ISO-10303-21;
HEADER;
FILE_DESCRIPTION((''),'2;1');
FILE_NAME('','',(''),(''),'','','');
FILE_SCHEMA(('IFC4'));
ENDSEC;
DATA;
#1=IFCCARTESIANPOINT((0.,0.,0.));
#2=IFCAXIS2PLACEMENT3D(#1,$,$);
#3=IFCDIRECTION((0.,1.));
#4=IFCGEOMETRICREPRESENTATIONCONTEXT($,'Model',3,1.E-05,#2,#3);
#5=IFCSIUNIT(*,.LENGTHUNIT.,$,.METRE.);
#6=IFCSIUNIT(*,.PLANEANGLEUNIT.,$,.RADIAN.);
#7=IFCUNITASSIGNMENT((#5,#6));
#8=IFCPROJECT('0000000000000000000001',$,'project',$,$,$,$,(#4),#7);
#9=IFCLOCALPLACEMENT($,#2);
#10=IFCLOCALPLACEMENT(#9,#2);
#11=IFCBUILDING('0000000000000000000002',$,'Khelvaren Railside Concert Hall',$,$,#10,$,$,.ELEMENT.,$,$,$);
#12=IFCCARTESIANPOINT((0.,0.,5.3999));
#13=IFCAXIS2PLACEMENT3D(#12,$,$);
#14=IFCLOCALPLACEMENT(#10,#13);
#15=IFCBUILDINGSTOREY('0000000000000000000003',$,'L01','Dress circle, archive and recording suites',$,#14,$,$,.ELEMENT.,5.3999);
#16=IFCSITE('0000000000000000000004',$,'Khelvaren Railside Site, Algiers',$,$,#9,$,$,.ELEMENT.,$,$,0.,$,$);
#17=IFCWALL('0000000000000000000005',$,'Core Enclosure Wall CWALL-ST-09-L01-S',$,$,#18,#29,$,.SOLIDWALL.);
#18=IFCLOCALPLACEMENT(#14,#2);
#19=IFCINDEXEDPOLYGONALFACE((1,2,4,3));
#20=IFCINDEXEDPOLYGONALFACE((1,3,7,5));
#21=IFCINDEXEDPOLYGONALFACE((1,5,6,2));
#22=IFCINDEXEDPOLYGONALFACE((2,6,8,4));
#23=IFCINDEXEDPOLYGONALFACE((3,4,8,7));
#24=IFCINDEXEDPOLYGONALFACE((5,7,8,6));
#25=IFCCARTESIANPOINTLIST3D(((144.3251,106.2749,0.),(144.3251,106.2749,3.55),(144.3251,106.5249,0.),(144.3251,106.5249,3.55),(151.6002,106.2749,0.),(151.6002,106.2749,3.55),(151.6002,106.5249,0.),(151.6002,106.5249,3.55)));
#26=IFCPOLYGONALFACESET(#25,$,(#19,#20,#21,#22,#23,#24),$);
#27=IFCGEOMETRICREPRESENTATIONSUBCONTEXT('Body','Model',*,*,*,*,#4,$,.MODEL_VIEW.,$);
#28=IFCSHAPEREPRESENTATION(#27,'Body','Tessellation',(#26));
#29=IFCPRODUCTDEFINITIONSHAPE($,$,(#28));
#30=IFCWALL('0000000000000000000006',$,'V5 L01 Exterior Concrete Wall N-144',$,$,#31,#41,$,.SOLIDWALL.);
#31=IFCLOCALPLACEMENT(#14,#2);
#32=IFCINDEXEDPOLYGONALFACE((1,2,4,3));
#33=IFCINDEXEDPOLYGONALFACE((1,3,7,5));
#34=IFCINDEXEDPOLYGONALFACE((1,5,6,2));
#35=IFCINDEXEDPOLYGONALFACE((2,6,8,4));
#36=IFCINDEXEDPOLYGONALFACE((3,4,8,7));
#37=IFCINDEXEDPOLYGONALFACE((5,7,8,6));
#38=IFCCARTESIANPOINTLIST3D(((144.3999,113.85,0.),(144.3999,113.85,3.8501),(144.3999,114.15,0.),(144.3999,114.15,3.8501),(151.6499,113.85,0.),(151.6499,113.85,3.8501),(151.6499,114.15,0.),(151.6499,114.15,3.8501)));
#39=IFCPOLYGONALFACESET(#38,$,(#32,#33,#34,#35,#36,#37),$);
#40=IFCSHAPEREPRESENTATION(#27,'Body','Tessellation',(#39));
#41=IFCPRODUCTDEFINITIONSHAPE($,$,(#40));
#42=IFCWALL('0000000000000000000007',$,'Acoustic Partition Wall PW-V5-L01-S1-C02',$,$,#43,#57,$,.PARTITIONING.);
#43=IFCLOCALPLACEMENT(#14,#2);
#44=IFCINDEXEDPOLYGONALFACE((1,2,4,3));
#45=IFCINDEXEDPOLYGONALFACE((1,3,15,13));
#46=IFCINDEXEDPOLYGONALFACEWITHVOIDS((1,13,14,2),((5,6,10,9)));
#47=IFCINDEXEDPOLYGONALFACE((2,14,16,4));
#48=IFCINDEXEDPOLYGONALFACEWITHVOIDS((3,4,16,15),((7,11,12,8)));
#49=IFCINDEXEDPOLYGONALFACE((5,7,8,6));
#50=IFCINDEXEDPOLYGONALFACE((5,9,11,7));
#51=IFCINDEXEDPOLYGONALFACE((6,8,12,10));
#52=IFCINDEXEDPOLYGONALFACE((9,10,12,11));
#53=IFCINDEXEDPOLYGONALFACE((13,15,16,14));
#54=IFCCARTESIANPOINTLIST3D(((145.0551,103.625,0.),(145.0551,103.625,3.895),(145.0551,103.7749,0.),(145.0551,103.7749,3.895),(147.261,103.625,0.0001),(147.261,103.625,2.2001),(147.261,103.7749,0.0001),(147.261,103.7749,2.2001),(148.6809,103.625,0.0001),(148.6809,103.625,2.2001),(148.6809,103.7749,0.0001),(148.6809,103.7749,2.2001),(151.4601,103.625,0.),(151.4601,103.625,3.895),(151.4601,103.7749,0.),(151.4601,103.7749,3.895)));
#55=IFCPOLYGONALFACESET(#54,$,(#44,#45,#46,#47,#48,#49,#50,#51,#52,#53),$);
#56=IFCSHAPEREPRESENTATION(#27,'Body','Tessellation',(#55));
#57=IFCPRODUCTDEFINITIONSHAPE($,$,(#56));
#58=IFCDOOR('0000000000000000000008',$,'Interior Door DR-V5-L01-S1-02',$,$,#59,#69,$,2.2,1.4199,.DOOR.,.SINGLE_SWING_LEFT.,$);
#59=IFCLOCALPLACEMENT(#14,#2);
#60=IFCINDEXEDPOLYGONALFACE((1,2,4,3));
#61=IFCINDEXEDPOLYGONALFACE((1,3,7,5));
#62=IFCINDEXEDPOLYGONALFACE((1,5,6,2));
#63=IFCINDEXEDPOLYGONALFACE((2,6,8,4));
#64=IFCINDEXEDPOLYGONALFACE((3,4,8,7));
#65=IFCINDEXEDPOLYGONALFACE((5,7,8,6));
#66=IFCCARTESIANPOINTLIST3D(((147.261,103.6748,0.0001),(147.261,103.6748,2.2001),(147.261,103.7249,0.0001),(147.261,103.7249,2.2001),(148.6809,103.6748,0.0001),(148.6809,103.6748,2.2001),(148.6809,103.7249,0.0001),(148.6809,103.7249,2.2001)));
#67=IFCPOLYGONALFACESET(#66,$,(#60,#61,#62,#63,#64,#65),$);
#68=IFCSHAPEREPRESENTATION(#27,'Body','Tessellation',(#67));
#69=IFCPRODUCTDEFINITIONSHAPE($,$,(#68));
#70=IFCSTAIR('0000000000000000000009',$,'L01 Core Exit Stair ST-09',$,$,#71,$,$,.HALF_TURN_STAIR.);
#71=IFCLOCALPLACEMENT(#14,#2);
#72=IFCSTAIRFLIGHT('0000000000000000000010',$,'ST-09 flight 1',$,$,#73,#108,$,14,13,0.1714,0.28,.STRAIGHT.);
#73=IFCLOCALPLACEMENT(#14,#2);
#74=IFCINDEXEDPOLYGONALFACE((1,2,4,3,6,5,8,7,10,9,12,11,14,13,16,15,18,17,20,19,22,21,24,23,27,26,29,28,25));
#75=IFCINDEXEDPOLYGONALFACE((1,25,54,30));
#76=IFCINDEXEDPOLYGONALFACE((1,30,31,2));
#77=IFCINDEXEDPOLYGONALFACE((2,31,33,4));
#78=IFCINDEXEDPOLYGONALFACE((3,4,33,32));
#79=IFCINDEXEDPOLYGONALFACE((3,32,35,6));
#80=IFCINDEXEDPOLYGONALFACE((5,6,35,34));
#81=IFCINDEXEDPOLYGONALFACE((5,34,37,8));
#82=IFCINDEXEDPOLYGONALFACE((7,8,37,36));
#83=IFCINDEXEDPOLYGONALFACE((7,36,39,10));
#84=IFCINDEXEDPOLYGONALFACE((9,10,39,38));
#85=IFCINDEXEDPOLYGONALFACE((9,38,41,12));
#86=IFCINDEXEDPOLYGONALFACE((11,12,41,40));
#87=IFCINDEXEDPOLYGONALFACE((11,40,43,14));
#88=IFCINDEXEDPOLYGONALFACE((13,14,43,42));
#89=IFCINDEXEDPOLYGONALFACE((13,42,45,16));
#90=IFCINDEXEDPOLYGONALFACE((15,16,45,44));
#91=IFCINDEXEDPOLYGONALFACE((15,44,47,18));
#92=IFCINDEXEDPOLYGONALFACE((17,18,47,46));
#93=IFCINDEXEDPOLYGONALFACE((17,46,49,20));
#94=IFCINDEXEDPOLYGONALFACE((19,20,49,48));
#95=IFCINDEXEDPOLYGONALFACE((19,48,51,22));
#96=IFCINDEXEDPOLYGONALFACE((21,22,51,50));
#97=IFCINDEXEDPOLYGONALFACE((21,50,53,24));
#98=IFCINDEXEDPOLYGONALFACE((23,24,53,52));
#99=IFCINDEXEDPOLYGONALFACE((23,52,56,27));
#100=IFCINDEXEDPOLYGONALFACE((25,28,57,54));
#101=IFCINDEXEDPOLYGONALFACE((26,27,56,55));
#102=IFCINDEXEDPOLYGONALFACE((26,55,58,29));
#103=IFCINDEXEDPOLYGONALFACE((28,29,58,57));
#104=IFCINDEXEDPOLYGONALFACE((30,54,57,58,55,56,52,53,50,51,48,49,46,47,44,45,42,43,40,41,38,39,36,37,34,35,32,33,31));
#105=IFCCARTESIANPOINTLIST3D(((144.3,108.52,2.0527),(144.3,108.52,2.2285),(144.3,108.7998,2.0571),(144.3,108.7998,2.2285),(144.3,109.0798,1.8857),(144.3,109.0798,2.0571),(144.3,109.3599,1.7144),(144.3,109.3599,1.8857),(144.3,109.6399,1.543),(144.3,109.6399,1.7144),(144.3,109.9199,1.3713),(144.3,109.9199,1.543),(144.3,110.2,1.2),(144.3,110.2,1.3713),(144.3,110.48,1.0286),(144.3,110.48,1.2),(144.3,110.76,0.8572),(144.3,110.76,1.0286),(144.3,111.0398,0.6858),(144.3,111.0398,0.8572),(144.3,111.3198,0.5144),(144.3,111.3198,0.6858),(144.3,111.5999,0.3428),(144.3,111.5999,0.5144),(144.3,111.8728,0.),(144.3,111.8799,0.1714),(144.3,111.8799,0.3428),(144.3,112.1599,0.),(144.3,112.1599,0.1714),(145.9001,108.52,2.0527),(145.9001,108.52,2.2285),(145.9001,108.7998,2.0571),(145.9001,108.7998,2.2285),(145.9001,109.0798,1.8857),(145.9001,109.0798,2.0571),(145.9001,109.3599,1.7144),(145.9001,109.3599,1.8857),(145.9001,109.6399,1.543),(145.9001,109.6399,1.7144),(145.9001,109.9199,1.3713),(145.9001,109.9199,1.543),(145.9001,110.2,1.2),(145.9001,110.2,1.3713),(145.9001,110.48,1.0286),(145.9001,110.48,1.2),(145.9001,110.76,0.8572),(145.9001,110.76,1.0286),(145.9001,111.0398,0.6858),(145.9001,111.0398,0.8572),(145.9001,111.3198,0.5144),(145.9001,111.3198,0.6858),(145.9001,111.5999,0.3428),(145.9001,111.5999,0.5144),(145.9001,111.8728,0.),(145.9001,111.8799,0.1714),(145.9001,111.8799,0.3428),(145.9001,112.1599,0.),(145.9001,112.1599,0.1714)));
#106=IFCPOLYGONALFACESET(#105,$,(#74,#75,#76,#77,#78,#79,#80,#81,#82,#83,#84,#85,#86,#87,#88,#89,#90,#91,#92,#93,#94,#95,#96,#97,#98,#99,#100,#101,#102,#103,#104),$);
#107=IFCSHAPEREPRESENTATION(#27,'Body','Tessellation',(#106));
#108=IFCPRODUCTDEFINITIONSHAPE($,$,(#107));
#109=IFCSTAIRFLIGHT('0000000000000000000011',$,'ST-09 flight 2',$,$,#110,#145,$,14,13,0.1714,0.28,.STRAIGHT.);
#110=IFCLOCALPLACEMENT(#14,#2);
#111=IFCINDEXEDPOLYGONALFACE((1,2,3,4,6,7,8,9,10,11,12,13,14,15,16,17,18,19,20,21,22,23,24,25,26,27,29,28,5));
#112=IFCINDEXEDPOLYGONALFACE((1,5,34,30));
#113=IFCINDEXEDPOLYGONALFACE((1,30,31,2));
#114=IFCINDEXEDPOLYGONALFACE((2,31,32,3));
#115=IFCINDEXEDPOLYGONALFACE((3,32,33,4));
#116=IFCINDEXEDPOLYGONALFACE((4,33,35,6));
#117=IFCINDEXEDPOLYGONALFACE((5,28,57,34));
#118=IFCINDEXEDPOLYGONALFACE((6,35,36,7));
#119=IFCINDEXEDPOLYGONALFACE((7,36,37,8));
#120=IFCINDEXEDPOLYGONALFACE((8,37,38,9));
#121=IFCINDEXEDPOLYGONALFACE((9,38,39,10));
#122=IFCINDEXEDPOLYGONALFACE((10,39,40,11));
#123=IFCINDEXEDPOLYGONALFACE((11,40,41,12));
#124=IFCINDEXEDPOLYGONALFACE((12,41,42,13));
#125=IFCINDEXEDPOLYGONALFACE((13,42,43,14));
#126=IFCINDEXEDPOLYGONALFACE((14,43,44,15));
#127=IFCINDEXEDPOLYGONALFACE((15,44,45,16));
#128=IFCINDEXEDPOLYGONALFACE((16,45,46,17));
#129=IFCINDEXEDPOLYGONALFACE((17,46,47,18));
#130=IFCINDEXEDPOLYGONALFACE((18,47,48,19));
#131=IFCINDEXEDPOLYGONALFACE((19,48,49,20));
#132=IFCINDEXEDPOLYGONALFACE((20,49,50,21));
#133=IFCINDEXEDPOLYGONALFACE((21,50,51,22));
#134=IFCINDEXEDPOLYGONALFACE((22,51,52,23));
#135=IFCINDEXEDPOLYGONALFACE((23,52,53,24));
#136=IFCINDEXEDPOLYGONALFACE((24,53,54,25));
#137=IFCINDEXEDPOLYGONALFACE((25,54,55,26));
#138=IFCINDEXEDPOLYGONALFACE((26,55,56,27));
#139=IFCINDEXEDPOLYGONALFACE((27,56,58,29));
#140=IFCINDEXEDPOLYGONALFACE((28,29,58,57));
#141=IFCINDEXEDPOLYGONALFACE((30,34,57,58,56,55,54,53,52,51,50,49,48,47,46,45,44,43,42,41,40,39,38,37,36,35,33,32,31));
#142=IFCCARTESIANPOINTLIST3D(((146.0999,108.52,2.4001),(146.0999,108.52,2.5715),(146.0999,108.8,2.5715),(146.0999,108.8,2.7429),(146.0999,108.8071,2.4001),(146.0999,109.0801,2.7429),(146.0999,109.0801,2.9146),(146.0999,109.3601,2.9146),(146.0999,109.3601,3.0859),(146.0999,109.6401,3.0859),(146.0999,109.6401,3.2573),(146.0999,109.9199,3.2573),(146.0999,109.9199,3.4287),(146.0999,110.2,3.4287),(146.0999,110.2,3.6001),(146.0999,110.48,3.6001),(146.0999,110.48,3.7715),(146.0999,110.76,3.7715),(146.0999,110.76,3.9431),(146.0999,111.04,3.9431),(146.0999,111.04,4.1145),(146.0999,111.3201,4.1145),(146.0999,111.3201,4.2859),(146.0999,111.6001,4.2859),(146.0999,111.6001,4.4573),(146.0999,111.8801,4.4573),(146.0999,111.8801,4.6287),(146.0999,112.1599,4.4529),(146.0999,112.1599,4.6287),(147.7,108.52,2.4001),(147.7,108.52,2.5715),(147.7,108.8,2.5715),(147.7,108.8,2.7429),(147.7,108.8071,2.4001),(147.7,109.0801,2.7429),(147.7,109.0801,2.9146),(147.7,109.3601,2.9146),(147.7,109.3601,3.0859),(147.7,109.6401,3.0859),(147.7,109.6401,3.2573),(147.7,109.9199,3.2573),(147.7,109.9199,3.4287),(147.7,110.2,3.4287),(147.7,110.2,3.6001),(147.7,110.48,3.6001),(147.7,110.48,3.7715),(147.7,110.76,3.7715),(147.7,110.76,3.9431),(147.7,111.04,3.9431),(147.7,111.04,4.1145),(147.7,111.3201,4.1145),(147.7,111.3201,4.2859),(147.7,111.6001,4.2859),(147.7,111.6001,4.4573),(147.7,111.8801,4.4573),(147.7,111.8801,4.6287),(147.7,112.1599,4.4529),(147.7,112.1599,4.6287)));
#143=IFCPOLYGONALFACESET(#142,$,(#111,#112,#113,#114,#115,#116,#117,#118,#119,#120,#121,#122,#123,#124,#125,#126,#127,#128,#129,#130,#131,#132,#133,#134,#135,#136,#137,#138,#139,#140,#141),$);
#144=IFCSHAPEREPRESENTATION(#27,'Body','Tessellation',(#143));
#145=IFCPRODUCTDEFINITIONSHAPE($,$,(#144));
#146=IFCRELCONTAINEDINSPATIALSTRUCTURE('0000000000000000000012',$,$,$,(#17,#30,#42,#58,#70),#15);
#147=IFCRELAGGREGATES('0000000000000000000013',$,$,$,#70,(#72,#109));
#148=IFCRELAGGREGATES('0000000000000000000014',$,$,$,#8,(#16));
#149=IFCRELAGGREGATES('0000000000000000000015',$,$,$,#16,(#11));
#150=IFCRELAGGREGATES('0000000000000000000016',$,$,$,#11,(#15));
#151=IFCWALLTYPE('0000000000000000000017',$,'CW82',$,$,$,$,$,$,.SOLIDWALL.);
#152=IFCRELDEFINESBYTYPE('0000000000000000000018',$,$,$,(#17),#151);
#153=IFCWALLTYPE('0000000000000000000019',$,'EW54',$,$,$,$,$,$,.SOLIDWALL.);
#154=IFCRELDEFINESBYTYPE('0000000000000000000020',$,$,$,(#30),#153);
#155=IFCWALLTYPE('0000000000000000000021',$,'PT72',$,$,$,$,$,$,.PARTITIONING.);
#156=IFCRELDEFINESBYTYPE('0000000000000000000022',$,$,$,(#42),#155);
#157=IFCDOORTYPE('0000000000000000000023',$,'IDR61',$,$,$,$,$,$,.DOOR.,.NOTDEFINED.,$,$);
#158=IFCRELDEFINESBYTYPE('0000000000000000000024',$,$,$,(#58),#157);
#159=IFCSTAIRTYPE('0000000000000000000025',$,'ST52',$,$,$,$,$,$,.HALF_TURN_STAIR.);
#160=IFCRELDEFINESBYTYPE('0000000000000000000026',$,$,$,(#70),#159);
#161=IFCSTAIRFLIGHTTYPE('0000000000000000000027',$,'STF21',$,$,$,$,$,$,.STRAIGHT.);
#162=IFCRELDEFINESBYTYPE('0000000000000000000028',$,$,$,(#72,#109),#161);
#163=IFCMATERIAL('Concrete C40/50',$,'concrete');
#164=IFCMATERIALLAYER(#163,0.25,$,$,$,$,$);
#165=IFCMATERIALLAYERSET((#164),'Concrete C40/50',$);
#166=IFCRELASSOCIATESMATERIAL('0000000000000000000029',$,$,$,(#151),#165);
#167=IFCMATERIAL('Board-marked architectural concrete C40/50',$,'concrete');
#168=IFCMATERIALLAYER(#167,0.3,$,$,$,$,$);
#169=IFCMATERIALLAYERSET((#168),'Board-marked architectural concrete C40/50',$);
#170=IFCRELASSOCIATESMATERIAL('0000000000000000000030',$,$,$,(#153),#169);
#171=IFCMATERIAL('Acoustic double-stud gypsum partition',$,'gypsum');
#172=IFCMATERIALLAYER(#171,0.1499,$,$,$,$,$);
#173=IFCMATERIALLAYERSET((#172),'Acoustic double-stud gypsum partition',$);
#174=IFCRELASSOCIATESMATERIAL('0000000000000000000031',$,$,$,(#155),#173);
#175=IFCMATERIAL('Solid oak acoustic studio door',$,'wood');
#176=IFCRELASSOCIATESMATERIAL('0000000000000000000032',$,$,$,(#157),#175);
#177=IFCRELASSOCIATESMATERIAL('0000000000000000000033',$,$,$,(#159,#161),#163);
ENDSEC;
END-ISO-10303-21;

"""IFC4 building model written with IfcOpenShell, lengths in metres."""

from ifc_helpers import new_model, si_unit, direction, frame, frame_2d, origin, place, context, subcontext, project, spatial, polyline, rectangle, outline, extrude, material, layer, layer_set, type_object, element, fill, aggregate, save


model = new_model("IFC4")

# Units and contexts
model_context = context("Model", 3, precision=1e-05, world=origin(), true_north=direction((0.0, 1.0)))
body_context = subcontext(model_context, "Body", "Model", "MODEL_VIEW")
ifc_project = project(units=[si_unit("LENGTHUNIT", "METRE"), si_unit("PLANEANGLEUNIT", "RADIAN")], contexts=[model_context])

# Site, building, storey
site_placement = place(None, origin())
site = spatial("IfcSite", under=ifc_project, at=site_placement, Name="Khelvaren Railside Site, Algiers", CompositionType="ELEMENT", RefElevation=0.0)
building_placement = place(site_placement, origin())
building = spatial("IfcBuilding", under=site, at=building_placement, Name="Khelvaren Railside Concert Hall", CompositionType="ELEMENT")
storey_placement = place(building_placement, frame((0.0, 0.0, 5.3999)))
storey = spatial("IfcBuildingStorey", under=building, at=storey_placement, Name="L01", Description="Dress circle, archive and recording suites", CompositionType="ELEMENT", Elevation=5.3999)

# Shared definitions
ifc_material_1 = material(Name="Concrete C40/50", Category="concrete")

# Walls
ifc_layer_1 = layer(ifc_material_1, 0.25)
ifc_layer_set_1 = layer_set([ifc_layer_1], Name="Concrete C40/50")
wall_type_1 = type_object("IfcWallType", Name="CW82", PredefinedType="SOLIDWALL", material=ifc_layer_set_1)
wall_1_placement = place(storey_placement, frame((144.325, 106.3999, 0.0), z_axis=(0.0, 0.0, 1.0), x_axis=(1.0, 0.0, 0.0)))
element("IfcWall", 1, at=wall_1_placement, inside=storey, type_object=wall_type_1, Name="Core Enclosure Wall CWALL-ST-09-L01-S", PredefinedType="SOLIDWALL", context=body_context, shape_type="SweptSolid", body=[
    extrude(rectangle(XDim=7.2751, YDim=0.25, at=frame_2d((3.6377, 0.0))), origin(), (0.0, 0.0, 1.0), 3.55),
])
ifc_material_2 = material(Name="Board-marked architectural concrete C40/50", Category="concrete")
ifc_layer_2 = layer(ifc_material_2, 0.3)
ifc_layer_set_2 = layer_set([ifc_layer_2], Name="Board-marked architectural concrete C40/50")
wall_type_2 = type_object("IfcWallType", Name="EW54", PredefinedType="SOLIDWALL", material=ifc_layer_set_2)
wall_2_placement = place(storey_placement, frame((144.3999, 114.0, 0.0), z_axis=(0.0, 0.0, 1.0), x_axis=(1.0, 0.0, 0.0)))
element("IfcWall", 2, at=wall_2_placement, inside=storey, type_object=wall_type_2, Name="V5 L01 Exterior Concrete Wall N-144", PredefinedType="SOLIDWALL", context=body_context, shape_type="SweptSolid", body=[
    extrude(rectangle(XDim=7.25, YDim=0.3, at=frame_2d((3.625, 0.0))), origin(), (0.0, 0.0, 1.0), 3.8501),
])

# Wall, opening, door
ifc_material_3 = material(Name="Acoustic double-stud gypsum partition", Category="gypsum")
ifc_layer_3 = layer(ifc_material_3, 0.1499)
ifc_layer_set_3 = layer_set([ifc_layer_3], Name="Acoustic double-stud gypsum partition")
wall_type_3 = type_object("IfcWallType", Name="PT72", PredefinedType="PARTITIONING", material=ifc_layer_set_3)
wall_3_placement = place(storey_placement, frame((145.0549, 103.7, 0.0), z_axis=(0.0, 0.0, 1.0), x_axis=(1.0, 0.0, 0.0)))
wall_3 = element("IfcWall", 3, at=wall_3_placement, inside=storey, type_object=wall_type_3, Name="Acoustic Partition Wall PW-V5-L01-S1-C02", PredefinedType="PARTITIONING", context=body_context, shape_type="SweptSolid", body=[
    extrude(rectangle(XDim=6.405, YDim=0.1499, at=frame_2d((3.2026, 0.0))), origin(), (0.0, 0.0, 1.0), 3.895),
])
opening_placement = place(wall_3_placement, frame((2.2061, 0.0, 0.0)))
opening = element("IfcOpeningElement", 4, at=opening_placement, cuts=wall_3, PredefinedType="OPENING", context=body_context, shape_type="SweptSolid", body=[
    extrude(rectangle(XDim=1.4199, YDim=2.2, at=frame_2d((0.71, 1.1001))), frame((0.0, 0.085, 0.0), z_axis=(0.0, -1.0, 0.0), x_axis=(1.0, 0.0, 0.0)), (0.0, 0.0, 1.0), 0.1699),
])
ifc_material_4 = material(Name="Solid oak acoustic studio door", Category="wood")
door_type = type_object("IfcDoorType", Name="IDR61", OperationType="NOTDEFINED", PredefinedType="DOOR", material=ifc_material_4)
door_placement = place(opening_placement, origin())
door = element("IfcDoor", 5, at=door_placement, inside=storey, type_object=door_type, Name="Interior Door DR-V5-L01-S1-02", OperationType="SINGLE_SWING_LEFT", OverallHeight=2.2, OverallWidth=1.4199, PredefinedType="DOOR", context=body_context, shape_type="SweptSolid", body=[
    extrude(rectangle(XDim=1.4199, YDim=2.2, at=frame_2d((0.71, 1.1001))), frame((0.0, 0.0249, 0.0), z_axis=(0.0, -1.0, 0.0), x_axis=(1.0, 0.0, 0.0)), (0.0, 0.0, 1.0), 0.05),
])
fill(opening, door)

# Stair, stair flights
stair_type = type_object("IfcStairType", Name="ST52", PredefinedType="HALF_TURN_STAIR", material=ifc_material_1)
stair_placement = place(storey_placement, origin())
stair = element("IfcStair", 6, at=stair_placement, inside=storey, type_object=stair_type, Name="L01 Core Exit Stair ST-09", PredefinedType="HALF_TURN_STAIR")
stair_flight_type = type_object("IfcStairFlightType", Name="STF21", PredefinedType="STRAIGHT", material=ifc_material_1)
stair_flight_1_placement = place(storey_placement, frame((145.1001, 112.1599, 0.0), z_axis=(0.0, 0.0, 1.0), x_axis=(0.0, -1.0, 0.0)))
stair_flight_1 = element("IfcStairFlight", 7, at=stair_flight_1_placement, type_object=stair_flight_type, Name="ST-09 flight 1", NumberOfRisers=14, NumberOfTreads=13, PredefinedType="STRAIGHT", RiserHeight=0.1714, TreadLength=0.28, context=body_context, shape_type="SweptSolid", body=[
    extrude(outline(polyline([(0.0, 0.0), (0.0, 0.1714), (0.28, 0.1714), (0.28, 0.3428), (0.5601, 0.3428), (0.5601, 0.5144), (0.8401, 0.5144), (0.8401, 0.6858), (1.1201, 0.6858), (1.1201, 0.8572), (1.3999, 0.8572), (1.3999, 1.0286), (1.6799, 1.0286), (1.6799, 1.2), (1.96, 1.2), (1.96, 1.3713), (2.24, 1.3713), (2.24, 1.543), (2.52, 1.543), (2.52, 1.7144), (2.8, 1.7144), (2.8, 1.8857), (3.0801, 1.8857), (3.0801, 2.0571), (3.3601, 2.0571), (3.3601, 2.2285), (3.6399, 2.2285), (3.6399, 2.3999), (3.6399, 2.0527), (0.2871, 0.0), (0.0, 0.0)])), frame((0.0, 0.8, 0.0), z_axis=(0.0, -1.0, 0.0), x_axis=(1.0, 0.0, 0.0)), (0.0, 0.0, 1.0), 1.6001),
])
stair_flight_2_placement = place(storey_placement, frame((146.8999, 108.52, 2.4001), z_axis=(0.0, 0.0, 1.0), x_axis=(0.0, 1.0, 0.0)))
stair_flight_2 = element("IfcStairFlight", 8, at=stair_flight_2_placement, type_object=stair_flight_type, Name="ST-09 flight 2", NumberOfRisers=14, NumberOfTreads=13, PredefinedType="STRAIGHT", RiserHeight=0.1714, TreadLength=0.28, context=body_context, shape_type="SweptSolid", body=[
    extrude(outline(polyline([(0.0, 0.0), (0.0, 0.1714), (0.28, 0.1714), (0.28, 0.3428), (0.5601, 0.3428), (0.5601, 0.5144), (0.8401, 0.5144), (0.8401, 0.6858), (1.1201, 0.6858), (1.1201, 0.8572), (1.3999, 0.8572), (1.3999, 1.0286), (1.6799, 1.0286), (1.6799, 1.2), (1.96, 1.2), (1.96, 1.3713), (2.24, 1.3713), (2.24, 1.543), (2.52, 1.543), (2.52, 1.7144), (2.8, 1.7144), (2.8, 1.8857), (3.0801, 1.8857), (3.0801, 2.0571), (3.3601, 2.0571), (3.3601, 2.2285), (3.6399, 2.2285), (3.6399, 2.3999), (3.6399, 2.0527), (0.2871, 0.0), (0.0, 0.0)])), frame((0.0, 0.8, 0.0), z_axis=(0.0, -1.0, 0.0), x_axis=(1.0, 0.0, 0.0)), (0.0, 0.0, 1.0), 1.6001),
])
aggregate(stair, [stair_flight_1, stair_flight_2])

save(model, "model.ifc")
